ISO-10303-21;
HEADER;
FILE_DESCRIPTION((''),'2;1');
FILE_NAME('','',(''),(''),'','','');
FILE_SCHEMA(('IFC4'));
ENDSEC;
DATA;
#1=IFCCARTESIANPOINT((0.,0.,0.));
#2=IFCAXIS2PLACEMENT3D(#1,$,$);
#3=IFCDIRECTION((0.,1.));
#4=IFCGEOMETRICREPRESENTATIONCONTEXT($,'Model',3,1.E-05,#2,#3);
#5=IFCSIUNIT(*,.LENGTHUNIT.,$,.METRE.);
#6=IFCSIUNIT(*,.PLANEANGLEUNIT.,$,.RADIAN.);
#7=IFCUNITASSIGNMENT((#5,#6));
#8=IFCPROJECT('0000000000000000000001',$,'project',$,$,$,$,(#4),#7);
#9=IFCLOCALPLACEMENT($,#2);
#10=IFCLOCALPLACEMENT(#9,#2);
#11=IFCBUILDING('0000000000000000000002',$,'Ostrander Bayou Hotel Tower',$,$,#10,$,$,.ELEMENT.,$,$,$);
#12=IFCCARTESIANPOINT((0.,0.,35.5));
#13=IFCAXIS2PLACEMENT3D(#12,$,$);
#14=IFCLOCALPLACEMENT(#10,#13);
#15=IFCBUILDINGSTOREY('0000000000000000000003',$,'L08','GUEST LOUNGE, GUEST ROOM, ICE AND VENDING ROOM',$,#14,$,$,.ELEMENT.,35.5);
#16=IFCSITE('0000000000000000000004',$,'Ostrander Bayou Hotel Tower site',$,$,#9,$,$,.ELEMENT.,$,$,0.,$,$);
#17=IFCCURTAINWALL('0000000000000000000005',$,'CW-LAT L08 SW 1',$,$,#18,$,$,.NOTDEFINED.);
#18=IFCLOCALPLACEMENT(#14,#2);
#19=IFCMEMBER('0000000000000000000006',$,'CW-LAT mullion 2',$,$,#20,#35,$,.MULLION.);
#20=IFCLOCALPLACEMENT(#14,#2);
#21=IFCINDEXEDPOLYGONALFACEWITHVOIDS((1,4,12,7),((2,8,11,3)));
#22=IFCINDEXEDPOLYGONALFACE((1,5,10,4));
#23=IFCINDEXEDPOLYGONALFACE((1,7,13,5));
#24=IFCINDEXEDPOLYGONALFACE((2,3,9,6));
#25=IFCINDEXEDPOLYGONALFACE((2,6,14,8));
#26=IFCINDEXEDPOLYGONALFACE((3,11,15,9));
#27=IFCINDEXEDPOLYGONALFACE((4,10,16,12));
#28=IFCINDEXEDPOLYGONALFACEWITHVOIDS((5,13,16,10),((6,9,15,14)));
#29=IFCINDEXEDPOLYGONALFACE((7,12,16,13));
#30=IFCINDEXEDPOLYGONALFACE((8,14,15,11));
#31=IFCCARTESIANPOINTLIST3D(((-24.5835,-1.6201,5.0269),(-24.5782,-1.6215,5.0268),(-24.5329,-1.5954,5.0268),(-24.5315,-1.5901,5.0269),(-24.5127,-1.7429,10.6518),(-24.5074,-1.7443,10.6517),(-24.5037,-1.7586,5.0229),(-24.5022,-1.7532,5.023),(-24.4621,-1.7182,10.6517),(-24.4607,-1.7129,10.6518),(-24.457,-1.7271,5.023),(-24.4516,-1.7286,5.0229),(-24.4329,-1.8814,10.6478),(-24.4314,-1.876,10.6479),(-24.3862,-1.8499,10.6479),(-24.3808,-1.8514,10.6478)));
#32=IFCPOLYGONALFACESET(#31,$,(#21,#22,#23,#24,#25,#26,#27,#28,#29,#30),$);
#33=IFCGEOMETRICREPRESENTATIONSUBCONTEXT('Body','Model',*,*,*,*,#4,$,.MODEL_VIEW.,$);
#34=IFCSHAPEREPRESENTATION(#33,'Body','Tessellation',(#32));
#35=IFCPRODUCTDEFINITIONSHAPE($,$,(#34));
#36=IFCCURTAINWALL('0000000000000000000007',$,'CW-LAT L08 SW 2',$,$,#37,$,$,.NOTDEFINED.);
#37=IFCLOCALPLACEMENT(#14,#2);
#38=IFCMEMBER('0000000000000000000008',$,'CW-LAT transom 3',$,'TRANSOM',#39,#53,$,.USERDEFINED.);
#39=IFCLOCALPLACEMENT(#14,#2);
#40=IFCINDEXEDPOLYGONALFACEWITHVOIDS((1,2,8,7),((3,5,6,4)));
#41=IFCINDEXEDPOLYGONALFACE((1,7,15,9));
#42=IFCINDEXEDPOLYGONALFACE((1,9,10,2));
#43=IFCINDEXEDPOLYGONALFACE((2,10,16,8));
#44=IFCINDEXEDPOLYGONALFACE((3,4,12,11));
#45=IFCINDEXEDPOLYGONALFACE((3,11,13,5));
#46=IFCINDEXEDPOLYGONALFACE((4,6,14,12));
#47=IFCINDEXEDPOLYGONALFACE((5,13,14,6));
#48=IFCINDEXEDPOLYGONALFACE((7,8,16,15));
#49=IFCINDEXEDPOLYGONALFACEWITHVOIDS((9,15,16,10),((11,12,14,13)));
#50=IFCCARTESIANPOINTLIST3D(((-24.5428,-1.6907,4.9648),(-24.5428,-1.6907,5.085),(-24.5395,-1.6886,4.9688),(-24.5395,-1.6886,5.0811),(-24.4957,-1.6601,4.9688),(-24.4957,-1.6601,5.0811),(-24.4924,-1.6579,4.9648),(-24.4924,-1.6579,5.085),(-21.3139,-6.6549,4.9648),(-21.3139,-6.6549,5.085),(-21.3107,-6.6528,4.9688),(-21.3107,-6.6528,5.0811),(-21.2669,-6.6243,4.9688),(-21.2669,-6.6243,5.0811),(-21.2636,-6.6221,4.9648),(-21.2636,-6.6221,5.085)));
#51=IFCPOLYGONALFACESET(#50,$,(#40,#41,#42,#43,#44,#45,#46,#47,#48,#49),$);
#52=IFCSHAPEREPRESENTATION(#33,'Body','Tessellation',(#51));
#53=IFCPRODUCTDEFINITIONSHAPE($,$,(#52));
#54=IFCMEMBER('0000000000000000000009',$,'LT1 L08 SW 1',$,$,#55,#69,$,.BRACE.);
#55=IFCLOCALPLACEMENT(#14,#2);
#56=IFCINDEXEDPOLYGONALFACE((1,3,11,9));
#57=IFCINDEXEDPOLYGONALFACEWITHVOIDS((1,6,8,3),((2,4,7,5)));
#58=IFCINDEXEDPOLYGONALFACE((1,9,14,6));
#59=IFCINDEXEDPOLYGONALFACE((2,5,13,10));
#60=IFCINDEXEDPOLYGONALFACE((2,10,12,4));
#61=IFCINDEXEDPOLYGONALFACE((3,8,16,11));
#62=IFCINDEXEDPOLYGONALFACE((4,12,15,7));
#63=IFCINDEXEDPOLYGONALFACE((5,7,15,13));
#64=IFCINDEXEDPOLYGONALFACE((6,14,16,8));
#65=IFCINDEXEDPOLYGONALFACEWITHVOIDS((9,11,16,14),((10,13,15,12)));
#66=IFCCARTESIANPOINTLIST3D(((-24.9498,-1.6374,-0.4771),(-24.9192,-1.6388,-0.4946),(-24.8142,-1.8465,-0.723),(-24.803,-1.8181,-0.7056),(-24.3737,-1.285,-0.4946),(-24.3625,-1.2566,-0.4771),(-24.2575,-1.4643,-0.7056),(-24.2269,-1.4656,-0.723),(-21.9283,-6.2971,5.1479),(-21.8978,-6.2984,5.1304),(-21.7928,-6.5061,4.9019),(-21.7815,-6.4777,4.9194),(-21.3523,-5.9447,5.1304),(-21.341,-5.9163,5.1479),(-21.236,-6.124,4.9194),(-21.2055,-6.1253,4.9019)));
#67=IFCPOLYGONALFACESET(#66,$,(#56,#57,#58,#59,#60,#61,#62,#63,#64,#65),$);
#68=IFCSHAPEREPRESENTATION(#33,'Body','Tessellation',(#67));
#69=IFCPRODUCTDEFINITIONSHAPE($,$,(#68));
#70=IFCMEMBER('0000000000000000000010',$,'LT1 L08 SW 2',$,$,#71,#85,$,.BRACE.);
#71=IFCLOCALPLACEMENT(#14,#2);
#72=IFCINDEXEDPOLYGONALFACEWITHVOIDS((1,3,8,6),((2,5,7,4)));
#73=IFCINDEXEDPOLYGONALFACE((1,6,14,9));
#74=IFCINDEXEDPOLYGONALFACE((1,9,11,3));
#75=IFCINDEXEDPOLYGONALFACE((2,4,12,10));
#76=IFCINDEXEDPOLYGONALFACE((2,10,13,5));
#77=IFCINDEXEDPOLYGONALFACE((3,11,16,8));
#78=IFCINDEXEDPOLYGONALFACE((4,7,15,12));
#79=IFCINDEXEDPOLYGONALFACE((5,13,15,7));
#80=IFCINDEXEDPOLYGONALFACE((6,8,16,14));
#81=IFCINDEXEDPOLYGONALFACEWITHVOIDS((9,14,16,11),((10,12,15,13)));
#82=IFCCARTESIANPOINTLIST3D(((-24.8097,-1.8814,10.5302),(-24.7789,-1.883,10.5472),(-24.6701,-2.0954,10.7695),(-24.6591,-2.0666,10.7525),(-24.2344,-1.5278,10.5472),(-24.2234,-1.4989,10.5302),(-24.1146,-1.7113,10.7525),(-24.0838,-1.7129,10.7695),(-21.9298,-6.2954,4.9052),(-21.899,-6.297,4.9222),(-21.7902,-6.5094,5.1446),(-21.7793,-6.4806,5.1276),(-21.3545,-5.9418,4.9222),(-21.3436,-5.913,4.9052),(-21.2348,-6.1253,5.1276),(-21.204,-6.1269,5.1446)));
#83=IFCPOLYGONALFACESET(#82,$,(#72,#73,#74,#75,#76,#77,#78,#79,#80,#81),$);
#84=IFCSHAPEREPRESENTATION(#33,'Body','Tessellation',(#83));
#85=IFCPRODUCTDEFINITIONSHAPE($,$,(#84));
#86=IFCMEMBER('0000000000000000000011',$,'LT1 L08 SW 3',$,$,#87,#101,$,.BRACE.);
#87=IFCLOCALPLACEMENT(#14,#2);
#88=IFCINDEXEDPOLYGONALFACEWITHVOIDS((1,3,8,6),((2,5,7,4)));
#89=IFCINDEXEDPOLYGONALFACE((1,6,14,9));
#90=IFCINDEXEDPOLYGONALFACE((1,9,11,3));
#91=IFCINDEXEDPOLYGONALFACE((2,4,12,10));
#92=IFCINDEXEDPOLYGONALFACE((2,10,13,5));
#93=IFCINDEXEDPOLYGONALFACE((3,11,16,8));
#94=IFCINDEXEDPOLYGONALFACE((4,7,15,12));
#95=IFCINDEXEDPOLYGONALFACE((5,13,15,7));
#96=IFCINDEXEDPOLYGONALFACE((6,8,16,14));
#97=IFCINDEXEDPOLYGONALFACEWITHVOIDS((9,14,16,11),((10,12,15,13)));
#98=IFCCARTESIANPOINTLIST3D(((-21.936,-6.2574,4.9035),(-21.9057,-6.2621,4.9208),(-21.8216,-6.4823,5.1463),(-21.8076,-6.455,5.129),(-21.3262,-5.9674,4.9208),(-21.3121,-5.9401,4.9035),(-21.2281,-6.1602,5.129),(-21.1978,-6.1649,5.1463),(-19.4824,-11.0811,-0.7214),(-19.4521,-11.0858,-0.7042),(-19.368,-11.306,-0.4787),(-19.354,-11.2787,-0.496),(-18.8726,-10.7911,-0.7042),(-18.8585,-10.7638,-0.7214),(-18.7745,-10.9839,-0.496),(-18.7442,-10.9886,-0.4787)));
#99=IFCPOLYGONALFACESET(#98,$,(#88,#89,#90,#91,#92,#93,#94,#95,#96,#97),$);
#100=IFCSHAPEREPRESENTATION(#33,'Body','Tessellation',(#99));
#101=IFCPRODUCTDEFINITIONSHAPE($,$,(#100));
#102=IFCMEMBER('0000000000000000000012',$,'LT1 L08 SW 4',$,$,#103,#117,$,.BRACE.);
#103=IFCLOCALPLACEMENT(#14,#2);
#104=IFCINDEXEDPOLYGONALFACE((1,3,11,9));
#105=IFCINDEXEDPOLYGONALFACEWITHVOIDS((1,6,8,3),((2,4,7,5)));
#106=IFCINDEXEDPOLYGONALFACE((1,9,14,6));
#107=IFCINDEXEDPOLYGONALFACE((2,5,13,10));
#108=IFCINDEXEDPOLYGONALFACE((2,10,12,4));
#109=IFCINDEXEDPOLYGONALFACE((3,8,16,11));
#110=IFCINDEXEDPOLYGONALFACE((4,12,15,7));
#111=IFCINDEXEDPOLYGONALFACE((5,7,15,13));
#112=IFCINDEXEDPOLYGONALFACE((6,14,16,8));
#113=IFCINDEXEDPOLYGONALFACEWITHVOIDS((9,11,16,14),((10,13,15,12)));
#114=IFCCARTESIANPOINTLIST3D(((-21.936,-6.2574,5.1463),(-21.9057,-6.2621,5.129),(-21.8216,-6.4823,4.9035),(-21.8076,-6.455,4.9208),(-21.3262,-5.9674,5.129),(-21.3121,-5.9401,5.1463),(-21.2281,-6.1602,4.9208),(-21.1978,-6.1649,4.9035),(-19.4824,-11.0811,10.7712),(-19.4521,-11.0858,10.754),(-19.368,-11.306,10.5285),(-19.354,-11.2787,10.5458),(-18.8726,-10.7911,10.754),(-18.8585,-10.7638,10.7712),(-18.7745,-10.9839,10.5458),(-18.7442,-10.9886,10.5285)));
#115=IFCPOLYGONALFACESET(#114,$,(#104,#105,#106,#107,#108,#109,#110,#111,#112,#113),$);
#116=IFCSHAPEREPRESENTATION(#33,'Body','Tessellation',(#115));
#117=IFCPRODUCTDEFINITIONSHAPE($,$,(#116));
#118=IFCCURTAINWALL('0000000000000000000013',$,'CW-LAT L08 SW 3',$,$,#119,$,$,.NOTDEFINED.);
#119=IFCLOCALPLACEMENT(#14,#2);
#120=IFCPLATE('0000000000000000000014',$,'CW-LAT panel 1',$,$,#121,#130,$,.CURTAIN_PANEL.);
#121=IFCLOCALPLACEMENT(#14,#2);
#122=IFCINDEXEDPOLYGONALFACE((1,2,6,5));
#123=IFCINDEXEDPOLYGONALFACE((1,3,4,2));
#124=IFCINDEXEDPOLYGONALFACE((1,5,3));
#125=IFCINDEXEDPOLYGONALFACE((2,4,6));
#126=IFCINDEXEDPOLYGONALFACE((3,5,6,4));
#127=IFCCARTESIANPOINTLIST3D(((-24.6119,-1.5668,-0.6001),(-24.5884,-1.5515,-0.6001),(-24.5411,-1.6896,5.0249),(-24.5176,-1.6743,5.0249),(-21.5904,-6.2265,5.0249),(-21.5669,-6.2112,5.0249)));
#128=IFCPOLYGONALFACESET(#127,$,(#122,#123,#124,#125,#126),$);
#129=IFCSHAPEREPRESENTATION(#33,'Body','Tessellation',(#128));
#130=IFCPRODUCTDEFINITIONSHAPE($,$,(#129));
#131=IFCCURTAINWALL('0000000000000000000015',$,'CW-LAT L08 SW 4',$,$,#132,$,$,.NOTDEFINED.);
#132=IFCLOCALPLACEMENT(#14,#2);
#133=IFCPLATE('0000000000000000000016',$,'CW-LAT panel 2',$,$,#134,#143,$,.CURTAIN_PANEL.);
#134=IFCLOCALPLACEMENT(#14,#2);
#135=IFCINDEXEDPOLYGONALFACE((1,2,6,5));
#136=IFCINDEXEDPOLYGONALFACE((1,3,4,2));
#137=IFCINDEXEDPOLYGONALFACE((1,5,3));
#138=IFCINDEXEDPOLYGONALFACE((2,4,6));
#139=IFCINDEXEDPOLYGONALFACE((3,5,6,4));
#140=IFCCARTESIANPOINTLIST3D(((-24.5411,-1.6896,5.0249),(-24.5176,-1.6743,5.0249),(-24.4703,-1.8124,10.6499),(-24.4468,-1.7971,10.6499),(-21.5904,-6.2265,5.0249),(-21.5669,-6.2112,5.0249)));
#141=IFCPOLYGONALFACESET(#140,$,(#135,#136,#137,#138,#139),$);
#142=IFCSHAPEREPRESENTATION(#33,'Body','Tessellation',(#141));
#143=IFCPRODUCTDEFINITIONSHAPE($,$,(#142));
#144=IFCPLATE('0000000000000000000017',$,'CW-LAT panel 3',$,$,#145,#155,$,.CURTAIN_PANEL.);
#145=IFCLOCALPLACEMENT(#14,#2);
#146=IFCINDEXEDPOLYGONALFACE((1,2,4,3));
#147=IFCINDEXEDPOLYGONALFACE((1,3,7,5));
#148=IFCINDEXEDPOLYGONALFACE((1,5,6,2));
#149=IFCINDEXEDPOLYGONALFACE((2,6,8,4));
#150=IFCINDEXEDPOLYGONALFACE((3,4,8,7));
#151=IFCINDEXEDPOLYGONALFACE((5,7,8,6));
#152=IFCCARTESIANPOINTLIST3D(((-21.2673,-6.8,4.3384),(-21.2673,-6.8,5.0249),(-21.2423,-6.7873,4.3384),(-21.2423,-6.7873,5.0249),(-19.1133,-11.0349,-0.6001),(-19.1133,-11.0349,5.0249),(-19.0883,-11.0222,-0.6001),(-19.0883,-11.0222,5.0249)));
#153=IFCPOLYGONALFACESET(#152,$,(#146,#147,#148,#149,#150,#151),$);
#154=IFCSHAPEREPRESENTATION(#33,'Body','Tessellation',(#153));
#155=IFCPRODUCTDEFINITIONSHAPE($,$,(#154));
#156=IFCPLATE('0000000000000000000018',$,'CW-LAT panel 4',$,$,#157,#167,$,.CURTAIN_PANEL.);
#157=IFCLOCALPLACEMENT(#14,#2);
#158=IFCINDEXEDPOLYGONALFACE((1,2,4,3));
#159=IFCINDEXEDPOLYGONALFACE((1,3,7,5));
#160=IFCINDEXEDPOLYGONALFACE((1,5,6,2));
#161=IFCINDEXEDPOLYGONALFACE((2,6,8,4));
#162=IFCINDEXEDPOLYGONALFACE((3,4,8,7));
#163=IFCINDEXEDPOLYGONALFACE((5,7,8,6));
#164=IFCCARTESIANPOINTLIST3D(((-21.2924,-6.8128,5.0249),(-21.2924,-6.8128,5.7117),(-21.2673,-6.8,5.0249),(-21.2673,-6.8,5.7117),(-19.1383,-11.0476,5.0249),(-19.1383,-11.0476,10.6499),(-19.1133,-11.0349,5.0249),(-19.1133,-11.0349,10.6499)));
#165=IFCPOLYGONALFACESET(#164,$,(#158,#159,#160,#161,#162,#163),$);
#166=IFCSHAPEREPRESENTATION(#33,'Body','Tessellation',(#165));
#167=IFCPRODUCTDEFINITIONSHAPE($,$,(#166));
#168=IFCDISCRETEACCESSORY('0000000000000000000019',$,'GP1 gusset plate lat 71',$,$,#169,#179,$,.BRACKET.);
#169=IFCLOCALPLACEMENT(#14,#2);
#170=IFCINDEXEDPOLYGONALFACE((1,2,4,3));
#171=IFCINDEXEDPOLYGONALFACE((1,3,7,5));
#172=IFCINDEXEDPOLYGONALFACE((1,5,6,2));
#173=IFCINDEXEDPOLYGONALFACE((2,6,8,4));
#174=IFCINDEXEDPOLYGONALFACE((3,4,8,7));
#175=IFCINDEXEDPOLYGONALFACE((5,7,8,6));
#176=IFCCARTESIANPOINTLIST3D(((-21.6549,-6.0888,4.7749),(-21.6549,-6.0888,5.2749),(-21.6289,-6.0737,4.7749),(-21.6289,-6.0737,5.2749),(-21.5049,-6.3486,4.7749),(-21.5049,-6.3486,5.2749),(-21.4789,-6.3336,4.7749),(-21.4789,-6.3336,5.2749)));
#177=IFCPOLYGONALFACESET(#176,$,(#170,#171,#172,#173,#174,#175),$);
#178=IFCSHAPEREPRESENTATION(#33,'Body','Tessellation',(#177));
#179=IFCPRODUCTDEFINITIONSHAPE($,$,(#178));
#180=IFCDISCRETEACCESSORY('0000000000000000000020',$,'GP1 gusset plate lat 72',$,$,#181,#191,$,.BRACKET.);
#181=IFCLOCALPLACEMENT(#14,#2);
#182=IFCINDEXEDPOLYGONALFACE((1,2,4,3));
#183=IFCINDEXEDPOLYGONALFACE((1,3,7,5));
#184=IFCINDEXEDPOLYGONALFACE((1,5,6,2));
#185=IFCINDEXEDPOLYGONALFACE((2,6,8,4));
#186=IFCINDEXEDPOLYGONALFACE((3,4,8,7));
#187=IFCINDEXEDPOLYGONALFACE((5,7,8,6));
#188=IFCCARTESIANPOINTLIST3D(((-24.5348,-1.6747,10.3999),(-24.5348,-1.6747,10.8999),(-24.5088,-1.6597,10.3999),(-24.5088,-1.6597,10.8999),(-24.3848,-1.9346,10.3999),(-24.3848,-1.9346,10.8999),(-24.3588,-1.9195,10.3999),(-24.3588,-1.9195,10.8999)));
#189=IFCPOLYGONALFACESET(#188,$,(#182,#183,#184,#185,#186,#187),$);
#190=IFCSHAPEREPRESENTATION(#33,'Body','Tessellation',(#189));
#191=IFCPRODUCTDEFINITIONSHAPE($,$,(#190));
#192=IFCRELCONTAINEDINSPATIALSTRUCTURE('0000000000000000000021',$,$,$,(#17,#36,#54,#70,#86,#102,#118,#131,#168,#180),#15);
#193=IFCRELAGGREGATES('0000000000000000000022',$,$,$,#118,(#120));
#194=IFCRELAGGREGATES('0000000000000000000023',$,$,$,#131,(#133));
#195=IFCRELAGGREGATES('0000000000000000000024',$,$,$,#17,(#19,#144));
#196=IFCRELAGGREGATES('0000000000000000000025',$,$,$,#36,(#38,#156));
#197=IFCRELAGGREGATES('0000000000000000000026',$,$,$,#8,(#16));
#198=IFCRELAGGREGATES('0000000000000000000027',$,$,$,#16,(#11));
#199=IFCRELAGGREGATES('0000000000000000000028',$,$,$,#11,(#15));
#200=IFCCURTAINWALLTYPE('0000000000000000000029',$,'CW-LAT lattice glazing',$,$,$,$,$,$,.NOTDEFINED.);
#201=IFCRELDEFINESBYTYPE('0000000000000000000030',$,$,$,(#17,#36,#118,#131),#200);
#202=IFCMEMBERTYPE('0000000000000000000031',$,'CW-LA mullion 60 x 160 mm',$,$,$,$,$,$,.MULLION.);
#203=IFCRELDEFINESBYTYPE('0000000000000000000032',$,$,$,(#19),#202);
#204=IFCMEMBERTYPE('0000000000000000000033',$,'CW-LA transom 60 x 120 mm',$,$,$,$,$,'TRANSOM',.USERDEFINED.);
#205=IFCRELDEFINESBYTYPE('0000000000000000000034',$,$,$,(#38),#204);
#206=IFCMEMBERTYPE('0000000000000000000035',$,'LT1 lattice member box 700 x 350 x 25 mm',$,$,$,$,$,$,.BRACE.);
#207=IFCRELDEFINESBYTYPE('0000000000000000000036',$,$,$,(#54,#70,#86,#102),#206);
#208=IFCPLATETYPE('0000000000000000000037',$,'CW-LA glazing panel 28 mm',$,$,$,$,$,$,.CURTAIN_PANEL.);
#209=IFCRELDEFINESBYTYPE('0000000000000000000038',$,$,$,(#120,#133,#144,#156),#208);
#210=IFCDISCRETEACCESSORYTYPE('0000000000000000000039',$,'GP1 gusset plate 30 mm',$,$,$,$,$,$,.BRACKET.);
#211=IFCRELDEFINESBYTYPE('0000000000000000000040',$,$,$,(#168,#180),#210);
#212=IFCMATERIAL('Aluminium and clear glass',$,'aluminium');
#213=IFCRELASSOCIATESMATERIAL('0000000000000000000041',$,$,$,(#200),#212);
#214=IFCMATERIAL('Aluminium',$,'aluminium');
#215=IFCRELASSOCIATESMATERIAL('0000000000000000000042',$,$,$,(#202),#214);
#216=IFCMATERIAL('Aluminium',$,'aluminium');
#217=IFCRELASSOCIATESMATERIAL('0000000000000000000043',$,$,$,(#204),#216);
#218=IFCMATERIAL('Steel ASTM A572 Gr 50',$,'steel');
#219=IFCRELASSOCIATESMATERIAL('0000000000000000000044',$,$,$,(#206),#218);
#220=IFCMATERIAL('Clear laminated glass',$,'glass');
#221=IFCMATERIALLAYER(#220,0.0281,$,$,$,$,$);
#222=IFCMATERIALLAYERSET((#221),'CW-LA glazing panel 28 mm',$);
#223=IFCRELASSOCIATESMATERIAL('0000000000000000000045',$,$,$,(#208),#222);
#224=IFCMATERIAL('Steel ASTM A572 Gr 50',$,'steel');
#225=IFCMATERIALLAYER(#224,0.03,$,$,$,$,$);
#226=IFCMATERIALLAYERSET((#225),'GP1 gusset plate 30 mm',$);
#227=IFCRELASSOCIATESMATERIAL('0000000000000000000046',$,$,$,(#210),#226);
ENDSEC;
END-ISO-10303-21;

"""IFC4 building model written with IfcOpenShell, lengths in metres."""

from ifc_helpers import new_model, si_unit, direction, frame, origin, origin_2d, place, context, subcontext, project, spatial, polyline, rectangle, hollow_rectangle, outline, extrude, material, layer, layer_set, material_profile, profile_set, type_object, element, aggregate, save


model = new_model("IFC4")

# Units and contexts
model_context = context("Model", 3, precision=1e-05, world=origin(), true_north=direction((0.0, 1.0)))
body_context = subcontext(model_context, "Body", "Model", "MODEL_VIEW")
ifc_project = project(units=[si_unit("LENGTHUNIT", "METRE"), si_unit("PLANEANGLEUNIT", "RADIAN")], contexts=[model_context])

# Site, building, storey
site_placement = place(None, origin())
site = spatial("IfcSite", under=ifc_project, at=site_placement, Name="Ostrander Bayou Hotel Tower site", CompositionType="ELEMENT", RefElevation=0.0)
building_placement = place(site_placement, origin())
building = spatial("IfcBuilding", under=site, at=building_placement, Name="Ostrander Bayou Hotel Tower", CompositionType="ELEMENT")
storey_placement = place(building_placement, frame((0.0, 0.0, 35.5)))
storey = spatial("IfcBuildingStorey", under=building, at=storey_placement, Name="L08", Description="GUEST LOUNGE, GUEST ROOM, ICE AND VENDING ROOM", CompositionType="ELEMENT", Elevation=35.5)

# Curtain walls, members
ifc_material_1 = material(Name="Aluminium and clear glass", Category="aluminium")
curtain_wall_type = type_object("IfcCurtainWallType", Name="CW-LAT lattice glazing", PredefinedType="NOTDEFINED", material=ifc_material_1)
curtain_wall_1_placement = place(storey_placement, origin())
curtain_wall_1 = element("IfcCurtainWall", 1, at=curtain_wall_1_placement, inside=storey, type_object=curtain_wall_type, Name="CW-LAT L08 SW 1", PredefinedType="NOTDEFINED")
ifc_material_2 = material(Name="Aluminium", Category="aluminium")
ifc_material_profile_1 = material_profile(ifc_material_2, hollow_rectangle(XDim=0.0601, YDim=0.1599, WallThickness=0.0039, at=origin_2d()))
ifc_profile_set_1 = profile_set([ifc_material_profile_1], Name="Aluminium")
member_type_1 = type_object("IfcMemberType", Name="CW-LA mullion 60 x 160 mm", PredefinedType="MULLION", material=ifc_profile_set_1)
member_1_placement = place(storey_placement, frame((-24.5176, -1.6743, 5.0249), z_axis=(0.012583, -0.021825, 0.999683), x_axis=(0.866329, 0.499474, 0.0)))
member_1 = element("IfcMember", 2, at=member_1_placement, type_object=member_type_1, Name="CW-LAT mullion 2", PredefinedType="MULLION", context=body_context, shape_type="SweptSolid", body=[
    extrude(hollow_rectangle(XDim=0.0601, YDim=0.1599, WallThickness=0.0039, at=origin_2d()), origin(), (0.0, 0.0, 1.0), 5.6267),
])
curtain_wall_2_placement = place(storey_placement, origin())
curtain_wall_2 = element("IfcCurtainWall", 3, at=curtain_wall_2_placement, inside=storey, type_object=curtain_wall_type, Name="CW-LAT L08 SW 2", PredefinedType="NOTDEFINED")
ifc_material_3 = material(Name="Aluminium", Category="aluminium")
ifc_material_profile_2 = material_profile(ifc_material_3, hollow_rectangle(XDim=0.0601, YDim=0.1201, WallThickness=0.0039, at=origin_2d()))
ifc_profile_set_2 = profile_set([ifc_material_profile_2], Name="Aluminium")
member_type_2 = type_object("IfcMemberType", Name="CW-LA transom 60 x 120 mm", ElementType="TRANSOM", PredefinedType="USERDEFINED", material=ifc_profile_set_2)
member_2_placement = place(storey_placement, frame((-24.5176, -1.6743, 5.0249), z_axis=(0.545236, -0.838283, 0.0), x_axis=(0.838283, 0.545236, 0.0)))
member_2 = element("IfcMember", 4, at=member_2_placement, type_object=member_type_2, Name="CW-LAT transom 3", ObjectType="TRANSOM", PredefinedType="USERDEFINED", context=body_context, shape_type="SweptSolid", body=[
    extrude(hollow_rectangle(XDim=0.0601, YDim=0.1201, WallThickness=0.0039, at=origin_2d()), origin(), (0.0, 0.0, 1.0), 5.9219),
])

# Members
ifc_material_4 = material(Name="Steel ASTM A572 Gr 50", Category="steel")
ifc_material_profile_3 = material_profile(ifc_material_4, hollow_rectangle(XDim=0.7, YDim=0.3501, WallThickness=0.0249, at=origin_2d()))
ifc_profile_set_3 = profile_set([ifc_material_profile_3], Name="Steel ASTM A572 Gr 50")
member_type_3 = type_object("IfcMemberType", Name="LT1 lattice member box 700 x 350 x 25 mm", PredefinedType="BRACE", material=ifc_profile_set_3)
member_3_placement = place(storey_placement, frame((-21.5669, -6.2112, 5.0249), z_axis=(-0.382244, 0.589489, -0.711612), x_axis=(-0.839044, -0.544064, 0.0)))
element("IfcMember", 5, at=member_3_placement, inside=storey, type_object=member_type_3, Name="LT1 L08 SW 1", PredefinedType="BRACE", context=body_context, shape_type="SweptSolid", body=[
    extrude(hollow_rectangle(XDim=0.7, YDim=0.3501, WallThickness=0.0249, at=origin_2d()), origin(), (0.0, 0.0, 1.0), 7.9045),
])
member_4_placement = place(storey_placement, frame((-21.5669, -6.2112, 5.0249), z_axis=(-0.373607, 0.572636, 0.72973), x_axis=(-0.837511, -0.54642, 0.0)))
element("IfcMember", 6, at=member_4_placement, inside=storey, type_object=member_type_3, Name="LT1 L08 SW 2", PredefinedType="BRACE", context=body_context, shape_type="SweptSolid", body=[
    extrude(hollow_rectangle(XDim=0.7, YDim=0.3501, WallThickness=0.0249, at=origin_2d()), origin(), (0.0, 0.0, 1.0), 7.7083),
])
for number, where, z_axis, x_axis, name in (
    (7, (-21.5669, -6.2112, 5.0249), (0.314335, -0.617974, -0.720626), (0.89132, 0.453374, 0.0), "LT1 L08 SW 3"),
    (8, (-21.5669, -6.2112, 5.0249), (0.314335, -0.617974, 0.720626), (0.89132, 0.453374, 0.0), "LT1 L08 SW 4"),
):
    element("IfcMember", number, at=place(storey_placement, frame(where, z_axis=z_axis, x_axis=x_axis)), inside=storey, type_object=member_type_3, Name=name, PredefinedType="BRACE", context=body_context, shape_type="SweptSolid", body=[
        extrude(hollow_rectangle(XDim=0.7, YDim=0.3501, WallThickness=0.0249, at=origin_2d()), origin(), (0.0, 0.0, 1.0), 7.8057),
    ])

# Curtain walls, plates
curtain_wall_3_placement = place(storey_placement, origin())
curtain_wall_3 = element("IfcCurtainWall", 9, at=curtain_wall_3_placement, inside=storey, type_object=curtain_wall_type, Name="CW-LAT L08 SW 3", PredefinedType="NOTDEFINED")
ifc_material_5 = material(Name="Clear laminated glass", Category="glass")
ifc_layer_1 = layer(ifc_material_5, 0.0281)
ifc_layer_set_1 = layer_set([ifc_layer_1], Name="CW-LA glazing panel 28 mm")
plate_type = type_object("IfcPlateType", Name="CW-LA glazing panel 28 mm", PredefinedType="CURTAIN_PANEL", material=ifc_layer_set_1)
plate_1_placement = place(storey_placement, frame((-21.5669, -6.2112, 5.0249), z_axis=(0.838297, 0.545211, 0.001351), x_axis=(-0.382244, 0.589489, -0.711612)))
plate_1 = element("IfcPlate", 10, at=plate_1_placement, type_object=plate_type, Name="CW-LAT panel 1", PredefinedType="CURTAIN_PANEL", context=body_context, shape_type="SweptSolid", body=[
    extrude(outline(polyline([(0.0, 0.0), (7.9046, 0.0), (3.8023, 3.8512), (0.0, 0.0)])), origin(), (0.0, 0.0, -1.0), 0.0281),
])
aggregate(curtain_wall_3, [plate_1])
curtain_wall_4_placement = place(storey_placement, origin())
curtain_wall_4 = element("IfcCurtainWall", 11, at=curtain_wall_4_placement, inside=storey, type_object=curtain_wall_type, Name="CW-LAT L08 SW 4", PredefinedType="NOTDEFINED")
plate_2_placement = place(storey_placement, frame((-21.5669, -6.2112, 5.0249), z_axis=(0.838297, 0.545211, 0.001351), x_axis=(-0.373607, 0.572636, 0.72973)))
plate_2 = element("IfcPlate", 12, at=plate_2_placement, type_object=plate_type, Name="CW-LAT panel 2", PredefinedType="CURTAIN_PANEL", context=body_context, shape_type="SweptSolid", body=[
    extrude(outline(polyline([(0.0, 0.0), (7.7083, 0.0), (3.7004, -3.9493), (0.0, 0.0)])), origin(), (0.0, 0.0, -1.0), 0.0281),
])
aggregate(curtain_wall_4, [plate_2])

# Plates
plate_3_placement = place(storey_placement, frame((-21.2673, -6.8, 4.3384), z_axis=(-0.891323, -0.453369, 0.0), x_axis=(0.314326, -0.617964, -0.720638)))
plate_3 = element("IfcPlate", 13, at=plate_3_placement, type_object=plate_type, Name="CW-LAT panel 3", PredefinedType="CURTAIN_PANEL", context=body_context, shape_type="SweptSolid", body=[
    extrude(outline(polyline([(0.0, 0.0), (6.8529, 0.0), (2.7993, 3.8999), (-0.4947, 0.476), (0.0, 0.0)])), origin(), (0.0, 0.0, -1.0), 0.0281),
])
aggregate(curtain_wall_1, [member_1, plate_3])
plate_4_placement = place(storey_placement, frame((-21.2673, -6.8, 5.7117), z_axis=(0.891323, 0.453369, 0.0), x_axis=(0.314334, -0.61798, 0.720621)))
plate_4 = element("IfcPlate", 14, at=plate_4_placement, type_object=plate_type, Name="CW-LAT panel 4", PredefinedType="CURTAIN_PANEL", context=body_context, shape_type="SweptSolid", body=[
    extrude(outline(polyline([(0.0, 0.0), (6.8527, 0.0), (2.7993, 3.9), (-0.4949, 0.4762), (0.0, 0.0)])), origin(), (0.0, 0.0, -1.0), 0.0281),
])
aggregate(curtain_wall_2, [member_2, plate_4])

# Discrete accessories
ifc_material_6 = material(Name="Steel ASTM A572 Gr 50", Category="steel")
ifc_layer_2 = layer(ifc_material_6, 0.03)
ifc_layer_set_2 = layer_set([ifc_layer_2], Name="GP1 gusset plate 30 mm")
discrete_accessory_type = type_object("IfcDiscreteAccessoryType", Name="GP1 gusset plate 30 mm", PredefinedType="BRACKET", material=ifc_layer_set_2)
for number, where, z_axis, x_axis, name in (
    (15, (-21.5669, -6.2112, 4.7749), (0.0, 0.0, 1.0), (0.5, -0.866025, 0.0), "GP1 gusset plate lat 71"),
    (16, (-24.4468, -1.7971, 10.3999), (0.0, 0.0, 1.0), (0.5, -0.866025, 0.0), "GP1 gusset plate lat 72"),
):
    element("IfcDiscreteAccessory", number, at=place(storey_placement, frame(where, z_axis=z_axis, x_axis=x_axis)), inside=storey, type_object=discrete_accessory_type, Name=name, PredefinedType="BRACKET", context=body_context, shape_type="SweptSolid", body=[
        extrude(rectangle(XDim=0.3, YDim=0.03, at=origin_2d()), origin(), (0.0, 0.0, 1.0), 0.5),
    ])

save(model, "model.ifc")
